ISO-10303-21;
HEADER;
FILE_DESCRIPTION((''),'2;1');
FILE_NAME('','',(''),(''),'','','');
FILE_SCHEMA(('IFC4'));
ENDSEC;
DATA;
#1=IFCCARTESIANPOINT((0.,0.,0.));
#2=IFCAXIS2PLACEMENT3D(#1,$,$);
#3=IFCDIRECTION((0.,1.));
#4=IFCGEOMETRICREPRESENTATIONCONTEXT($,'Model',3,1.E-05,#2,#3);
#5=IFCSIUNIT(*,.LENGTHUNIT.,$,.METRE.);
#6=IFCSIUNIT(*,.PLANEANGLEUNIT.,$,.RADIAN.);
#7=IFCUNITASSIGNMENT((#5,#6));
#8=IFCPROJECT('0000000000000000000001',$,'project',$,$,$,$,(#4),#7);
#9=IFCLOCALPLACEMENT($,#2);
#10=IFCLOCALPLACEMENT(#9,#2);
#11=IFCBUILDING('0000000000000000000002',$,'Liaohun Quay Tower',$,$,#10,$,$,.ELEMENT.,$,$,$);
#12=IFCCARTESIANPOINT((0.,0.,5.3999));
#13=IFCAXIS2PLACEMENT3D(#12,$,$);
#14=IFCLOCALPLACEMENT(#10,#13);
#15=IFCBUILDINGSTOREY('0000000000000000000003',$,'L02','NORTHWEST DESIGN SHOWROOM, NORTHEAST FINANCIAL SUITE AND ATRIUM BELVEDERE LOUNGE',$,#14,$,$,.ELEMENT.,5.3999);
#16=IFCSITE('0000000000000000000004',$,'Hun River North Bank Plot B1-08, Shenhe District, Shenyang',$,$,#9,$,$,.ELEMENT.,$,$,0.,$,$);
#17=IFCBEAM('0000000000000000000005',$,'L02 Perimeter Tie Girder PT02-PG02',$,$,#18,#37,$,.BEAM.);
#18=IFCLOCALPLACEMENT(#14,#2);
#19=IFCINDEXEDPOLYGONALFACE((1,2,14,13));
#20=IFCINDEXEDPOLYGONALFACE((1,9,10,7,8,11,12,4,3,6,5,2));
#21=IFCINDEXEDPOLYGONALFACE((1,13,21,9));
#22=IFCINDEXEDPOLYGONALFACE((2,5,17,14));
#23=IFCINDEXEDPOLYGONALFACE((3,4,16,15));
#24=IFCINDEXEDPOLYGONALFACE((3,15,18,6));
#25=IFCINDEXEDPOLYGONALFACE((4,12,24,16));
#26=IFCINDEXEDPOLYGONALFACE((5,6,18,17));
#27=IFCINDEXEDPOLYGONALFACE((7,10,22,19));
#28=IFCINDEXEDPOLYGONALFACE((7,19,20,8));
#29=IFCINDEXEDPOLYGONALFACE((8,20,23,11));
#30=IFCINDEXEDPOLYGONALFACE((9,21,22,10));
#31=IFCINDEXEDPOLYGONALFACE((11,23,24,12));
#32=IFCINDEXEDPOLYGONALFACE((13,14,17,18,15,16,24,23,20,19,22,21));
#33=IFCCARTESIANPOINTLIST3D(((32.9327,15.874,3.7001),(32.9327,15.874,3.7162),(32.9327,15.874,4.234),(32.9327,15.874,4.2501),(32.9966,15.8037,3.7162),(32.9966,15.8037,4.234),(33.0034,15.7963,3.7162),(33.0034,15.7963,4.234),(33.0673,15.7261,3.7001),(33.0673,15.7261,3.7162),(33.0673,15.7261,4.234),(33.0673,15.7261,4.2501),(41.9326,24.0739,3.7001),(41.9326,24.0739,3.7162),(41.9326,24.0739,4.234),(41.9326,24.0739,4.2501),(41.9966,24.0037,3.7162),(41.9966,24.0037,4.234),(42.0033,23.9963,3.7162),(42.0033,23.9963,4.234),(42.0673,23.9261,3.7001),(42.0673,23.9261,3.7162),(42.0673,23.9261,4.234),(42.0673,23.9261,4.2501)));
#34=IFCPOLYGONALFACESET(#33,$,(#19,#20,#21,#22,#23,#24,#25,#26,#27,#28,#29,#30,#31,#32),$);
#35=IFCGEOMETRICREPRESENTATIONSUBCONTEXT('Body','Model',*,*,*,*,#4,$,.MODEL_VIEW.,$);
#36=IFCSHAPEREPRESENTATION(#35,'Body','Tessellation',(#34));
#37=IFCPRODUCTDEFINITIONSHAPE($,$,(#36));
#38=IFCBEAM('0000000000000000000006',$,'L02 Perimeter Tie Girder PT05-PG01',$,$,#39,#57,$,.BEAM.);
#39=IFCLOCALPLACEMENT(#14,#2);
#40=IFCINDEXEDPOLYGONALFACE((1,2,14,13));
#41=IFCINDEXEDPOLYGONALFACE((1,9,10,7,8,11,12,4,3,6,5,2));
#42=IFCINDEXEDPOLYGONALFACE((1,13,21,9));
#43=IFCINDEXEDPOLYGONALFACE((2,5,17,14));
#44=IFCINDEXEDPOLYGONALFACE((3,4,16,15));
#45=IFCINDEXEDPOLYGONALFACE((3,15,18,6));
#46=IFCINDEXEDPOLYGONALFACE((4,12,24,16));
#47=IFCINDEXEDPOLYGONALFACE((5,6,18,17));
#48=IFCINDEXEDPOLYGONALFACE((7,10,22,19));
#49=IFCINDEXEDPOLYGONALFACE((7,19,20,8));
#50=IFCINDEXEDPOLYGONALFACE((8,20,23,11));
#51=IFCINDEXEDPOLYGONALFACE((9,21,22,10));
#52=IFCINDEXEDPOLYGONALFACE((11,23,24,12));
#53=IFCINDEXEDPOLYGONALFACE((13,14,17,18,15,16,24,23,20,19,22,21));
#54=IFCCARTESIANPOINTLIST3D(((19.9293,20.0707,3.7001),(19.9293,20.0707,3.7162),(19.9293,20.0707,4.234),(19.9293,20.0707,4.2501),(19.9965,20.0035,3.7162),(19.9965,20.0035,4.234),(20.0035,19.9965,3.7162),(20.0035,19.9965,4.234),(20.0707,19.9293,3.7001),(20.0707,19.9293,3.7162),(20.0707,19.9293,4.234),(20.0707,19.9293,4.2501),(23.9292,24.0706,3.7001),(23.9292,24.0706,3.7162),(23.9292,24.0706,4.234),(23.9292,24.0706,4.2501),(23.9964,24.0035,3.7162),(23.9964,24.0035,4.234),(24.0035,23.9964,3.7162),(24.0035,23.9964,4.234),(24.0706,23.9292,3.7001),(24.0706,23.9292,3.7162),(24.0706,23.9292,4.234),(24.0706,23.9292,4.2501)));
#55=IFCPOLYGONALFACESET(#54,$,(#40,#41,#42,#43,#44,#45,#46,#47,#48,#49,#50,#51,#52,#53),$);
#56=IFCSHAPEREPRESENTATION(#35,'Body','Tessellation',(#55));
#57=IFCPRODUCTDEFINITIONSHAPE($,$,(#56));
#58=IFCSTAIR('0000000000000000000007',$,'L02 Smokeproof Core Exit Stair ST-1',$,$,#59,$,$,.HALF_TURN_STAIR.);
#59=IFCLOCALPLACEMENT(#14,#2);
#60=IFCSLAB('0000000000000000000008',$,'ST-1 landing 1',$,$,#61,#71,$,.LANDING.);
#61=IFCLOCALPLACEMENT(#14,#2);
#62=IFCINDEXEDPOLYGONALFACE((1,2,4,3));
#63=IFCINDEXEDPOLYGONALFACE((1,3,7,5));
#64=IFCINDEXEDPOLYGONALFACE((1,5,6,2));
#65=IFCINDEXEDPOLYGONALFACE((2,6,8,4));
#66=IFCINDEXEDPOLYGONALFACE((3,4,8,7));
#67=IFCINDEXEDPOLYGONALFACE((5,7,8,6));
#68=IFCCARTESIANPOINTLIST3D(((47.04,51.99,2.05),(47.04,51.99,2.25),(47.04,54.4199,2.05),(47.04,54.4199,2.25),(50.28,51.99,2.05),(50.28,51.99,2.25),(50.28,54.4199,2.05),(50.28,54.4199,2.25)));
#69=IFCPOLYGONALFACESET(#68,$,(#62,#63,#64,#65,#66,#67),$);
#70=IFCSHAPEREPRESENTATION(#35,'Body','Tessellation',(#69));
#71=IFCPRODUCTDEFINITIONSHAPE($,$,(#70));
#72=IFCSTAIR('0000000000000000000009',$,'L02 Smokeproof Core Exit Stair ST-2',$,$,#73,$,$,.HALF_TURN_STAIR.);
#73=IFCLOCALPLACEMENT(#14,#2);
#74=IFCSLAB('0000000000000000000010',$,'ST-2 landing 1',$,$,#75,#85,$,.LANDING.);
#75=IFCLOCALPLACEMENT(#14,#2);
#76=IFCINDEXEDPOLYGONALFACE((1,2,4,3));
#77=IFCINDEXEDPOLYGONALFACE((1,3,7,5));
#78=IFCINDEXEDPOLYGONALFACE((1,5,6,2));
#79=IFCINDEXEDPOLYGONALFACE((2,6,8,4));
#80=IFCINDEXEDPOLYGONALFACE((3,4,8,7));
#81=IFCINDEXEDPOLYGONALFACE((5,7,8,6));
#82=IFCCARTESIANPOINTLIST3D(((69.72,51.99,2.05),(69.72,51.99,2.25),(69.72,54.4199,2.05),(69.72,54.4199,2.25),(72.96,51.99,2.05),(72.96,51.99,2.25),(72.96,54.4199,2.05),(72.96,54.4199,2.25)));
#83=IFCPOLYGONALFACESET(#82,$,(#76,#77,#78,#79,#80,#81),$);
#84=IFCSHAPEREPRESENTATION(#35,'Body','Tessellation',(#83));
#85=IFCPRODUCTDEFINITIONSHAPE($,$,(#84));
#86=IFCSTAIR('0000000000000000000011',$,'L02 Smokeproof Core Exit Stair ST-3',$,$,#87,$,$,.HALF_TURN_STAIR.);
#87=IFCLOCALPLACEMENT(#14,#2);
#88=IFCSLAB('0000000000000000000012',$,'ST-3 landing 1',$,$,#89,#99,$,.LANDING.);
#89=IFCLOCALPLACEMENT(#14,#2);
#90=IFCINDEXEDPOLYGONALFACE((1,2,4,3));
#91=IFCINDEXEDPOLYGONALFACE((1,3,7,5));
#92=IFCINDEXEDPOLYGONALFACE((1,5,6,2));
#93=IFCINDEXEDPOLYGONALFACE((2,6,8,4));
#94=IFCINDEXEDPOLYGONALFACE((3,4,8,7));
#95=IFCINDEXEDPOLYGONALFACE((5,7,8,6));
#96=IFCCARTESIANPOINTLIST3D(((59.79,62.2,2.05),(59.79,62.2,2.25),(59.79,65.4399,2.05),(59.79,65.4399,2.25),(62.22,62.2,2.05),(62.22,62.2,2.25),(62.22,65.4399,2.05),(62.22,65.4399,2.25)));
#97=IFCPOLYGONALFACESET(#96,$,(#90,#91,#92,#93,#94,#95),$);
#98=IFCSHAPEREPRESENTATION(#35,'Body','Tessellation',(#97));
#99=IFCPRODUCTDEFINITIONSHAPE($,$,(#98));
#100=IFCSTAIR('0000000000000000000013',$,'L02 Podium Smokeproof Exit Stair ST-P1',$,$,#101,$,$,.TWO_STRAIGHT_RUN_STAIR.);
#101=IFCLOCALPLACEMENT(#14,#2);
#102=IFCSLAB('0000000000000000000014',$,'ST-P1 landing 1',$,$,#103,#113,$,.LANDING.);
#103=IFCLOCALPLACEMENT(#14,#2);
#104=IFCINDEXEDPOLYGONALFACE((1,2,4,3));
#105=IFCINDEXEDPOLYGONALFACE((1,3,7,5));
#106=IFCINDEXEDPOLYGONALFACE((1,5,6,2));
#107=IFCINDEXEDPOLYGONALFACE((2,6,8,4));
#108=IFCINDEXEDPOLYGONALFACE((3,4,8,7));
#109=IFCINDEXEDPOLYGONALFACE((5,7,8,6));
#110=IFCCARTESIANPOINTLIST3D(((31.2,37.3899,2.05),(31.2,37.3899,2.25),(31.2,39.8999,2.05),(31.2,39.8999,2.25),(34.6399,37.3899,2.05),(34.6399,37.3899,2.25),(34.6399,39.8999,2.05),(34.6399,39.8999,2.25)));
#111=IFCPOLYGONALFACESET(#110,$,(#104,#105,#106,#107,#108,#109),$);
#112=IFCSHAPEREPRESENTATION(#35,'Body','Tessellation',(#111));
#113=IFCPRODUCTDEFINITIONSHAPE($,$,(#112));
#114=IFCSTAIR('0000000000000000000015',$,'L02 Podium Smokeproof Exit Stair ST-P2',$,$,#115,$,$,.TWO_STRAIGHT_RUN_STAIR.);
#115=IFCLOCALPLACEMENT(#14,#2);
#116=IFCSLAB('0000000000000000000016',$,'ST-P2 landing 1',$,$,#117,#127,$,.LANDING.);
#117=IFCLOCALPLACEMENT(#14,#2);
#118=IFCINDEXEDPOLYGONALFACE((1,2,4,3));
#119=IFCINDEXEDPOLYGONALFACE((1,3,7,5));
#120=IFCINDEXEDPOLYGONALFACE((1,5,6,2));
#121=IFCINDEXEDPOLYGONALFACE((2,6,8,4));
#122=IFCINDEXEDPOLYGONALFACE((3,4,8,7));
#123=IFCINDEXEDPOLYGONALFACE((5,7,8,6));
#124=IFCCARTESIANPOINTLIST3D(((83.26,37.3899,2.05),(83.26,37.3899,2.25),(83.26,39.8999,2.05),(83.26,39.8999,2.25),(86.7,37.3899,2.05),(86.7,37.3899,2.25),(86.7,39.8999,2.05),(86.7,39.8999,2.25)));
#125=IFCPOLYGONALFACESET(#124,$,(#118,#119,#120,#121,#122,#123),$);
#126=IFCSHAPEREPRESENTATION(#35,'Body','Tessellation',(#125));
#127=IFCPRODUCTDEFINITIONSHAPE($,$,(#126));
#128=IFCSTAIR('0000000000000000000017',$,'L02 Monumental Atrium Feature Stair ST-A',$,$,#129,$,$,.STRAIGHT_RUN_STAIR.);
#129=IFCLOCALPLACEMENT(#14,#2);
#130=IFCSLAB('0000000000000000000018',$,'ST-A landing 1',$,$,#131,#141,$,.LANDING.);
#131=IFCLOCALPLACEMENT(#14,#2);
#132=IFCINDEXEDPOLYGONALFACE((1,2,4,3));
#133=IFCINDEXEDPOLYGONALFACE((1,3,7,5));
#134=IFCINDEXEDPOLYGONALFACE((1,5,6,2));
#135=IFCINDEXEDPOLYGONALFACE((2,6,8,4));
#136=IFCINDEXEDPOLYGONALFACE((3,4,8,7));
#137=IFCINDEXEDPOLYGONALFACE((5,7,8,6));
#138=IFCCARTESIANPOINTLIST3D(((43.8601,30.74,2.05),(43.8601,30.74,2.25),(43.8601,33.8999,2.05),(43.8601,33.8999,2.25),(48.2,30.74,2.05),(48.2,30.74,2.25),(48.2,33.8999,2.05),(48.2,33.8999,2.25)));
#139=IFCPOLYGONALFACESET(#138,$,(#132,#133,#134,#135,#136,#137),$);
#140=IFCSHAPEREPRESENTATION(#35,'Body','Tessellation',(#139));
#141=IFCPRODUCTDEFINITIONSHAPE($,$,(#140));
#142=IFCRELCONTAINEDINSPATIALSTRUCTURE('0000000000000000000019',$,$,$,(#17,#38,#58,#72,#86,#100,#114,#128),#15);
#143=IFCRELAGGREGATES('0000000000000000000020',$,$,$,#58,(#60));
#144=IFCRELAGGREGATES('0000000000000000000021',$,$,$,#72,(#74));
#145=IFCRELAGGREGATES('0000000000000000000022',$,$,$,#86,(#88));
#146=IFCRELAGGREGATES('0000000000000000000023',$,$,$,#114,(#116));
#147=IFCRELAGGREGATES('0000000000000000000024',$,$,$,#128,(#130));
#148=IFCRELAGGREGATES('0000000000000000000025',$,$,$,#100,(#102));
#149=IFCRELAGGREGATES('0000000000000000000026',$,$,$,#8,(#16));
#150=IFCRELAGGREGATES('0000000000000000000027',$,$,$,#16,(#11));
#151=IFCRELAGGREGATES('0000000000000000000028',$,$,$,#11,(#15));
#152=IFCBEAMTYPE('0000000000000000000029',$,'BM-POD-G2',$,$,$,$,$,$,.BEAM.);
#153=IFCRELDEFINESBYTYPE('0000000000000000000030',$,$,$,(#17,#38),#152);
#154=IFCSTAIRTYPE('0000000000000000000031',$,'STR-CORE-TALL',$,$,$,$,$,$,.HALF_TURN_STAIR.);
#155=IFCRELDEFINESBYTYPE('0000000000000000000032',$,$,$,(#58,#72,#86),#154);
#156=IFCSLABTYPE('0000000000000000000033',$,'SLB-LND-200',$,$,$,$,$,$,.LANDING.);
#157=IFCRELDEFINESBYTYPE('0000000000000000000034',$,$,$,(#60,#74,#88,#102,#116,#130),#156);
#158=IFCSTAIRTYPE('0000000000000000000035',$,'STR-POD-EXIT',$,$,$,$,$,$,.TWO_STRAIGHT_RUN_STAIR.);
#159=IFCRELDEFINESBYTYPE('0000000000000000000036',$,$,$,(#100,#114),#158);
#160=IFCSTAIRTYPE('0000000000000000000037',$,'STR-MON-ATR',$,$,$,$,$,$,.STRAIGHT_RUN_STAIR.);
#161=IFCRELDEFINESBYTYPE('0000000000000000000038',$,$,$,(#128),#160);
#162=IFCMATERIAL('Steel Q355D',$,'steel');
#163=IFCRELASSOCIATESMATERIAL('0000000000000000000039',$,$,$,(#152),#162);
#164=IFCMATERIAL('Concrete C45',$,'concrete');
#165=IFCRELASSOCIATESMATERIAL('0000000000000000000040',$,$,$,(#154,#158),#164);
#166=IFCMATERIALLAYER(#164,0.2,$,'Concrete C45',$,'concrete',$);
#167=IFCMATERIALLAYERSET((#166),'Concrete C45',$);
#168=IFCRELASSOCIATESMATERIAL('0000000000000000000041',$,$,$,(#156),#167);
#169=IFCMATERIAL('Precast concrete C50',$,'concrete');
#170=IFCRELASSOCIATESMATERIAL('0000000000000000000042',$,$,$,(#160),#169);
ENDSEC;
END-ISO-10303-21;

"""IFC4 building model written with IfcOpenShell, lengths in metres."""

from ifc_helpers import new_model, si_unit, direction, frame, origin, origin_2d, place, context, subcontext, project, spatial, polyline, i_section, outline, extrude, source, transform, mapped, material, layer, layer_set, material_profile, profile_set, type_object, element, aggregate, save


model = new_model("IFC4")

# Units and contexts
model_context = context("Model", 3, precision=1e-05, world=origin(), true_north=direction((0.0, 1.0)))
body_context = subcontext(model_context, "Body", "Model", "MODEL_VIEW")
ifc_project = project(units=[si_unit("LENGTHUNIT", "METRE"), si_unit("PLANEANGLEUNIT", "RADIAN")], contexts=[model_context])

# Site, building, storey
site_placement = place(None, origin())
site = spatial("IfcSite", under=ifc_project, at=site_placement, Name="Hun River North Bank Plot B1-08, Shenhe District, Shenyang", CompositionType="ELEMENT", RefElevation=0.0)
building_placement = place(site_placement, origin())
building = spatial("IfcBuilding", under=site, at=building_placement, Name="Liaohun Quay Tower", CompositionType="ELEMENT")
storey_placement = place(building_placement, frame((0.0, 0.0, 5.3999)))
storey = spatial("IfcBuildingStorey", under=building, at=storey_placement, Name="L02", Description="NORTHWEST DESIGN SHOWROOM, NORTHEAST FINANCIAL SUITE AND ATRIUM BELVEDERE LOUNGE", CompositionType="ELEMENT", Elevation=5.3999)

# Beams
ifc_material_1 = material(Name="Steel Q355D", Category="steel")
ifc_material_profile_1 = material_profile(ifc_material_1, i_section(OverallWidth=0.2, OverallDepth=0.55, WebThickness=0.01, FlangeThickness=0.0161, at=origin_2d()), Name="HN550x200x10x16")
ifc_profile_set_1 = profile_set([ifc_material_profile_1], Name="Steel Q355D")
beam_type_1 = type_object("IfcBeamType", Name="BM-POD-G2", PredefinedType="BEAM", material=ifc_profile_set_1)
shared_shape_1 = source(origin(), body_context, "Body", "SweptSolid", [
    extrude(i_section(OverallWidth=0.2, OverallDepth=0.55, WebThickness=0.01, FlangeThickness=0.0161, at=origin_2d()), origin(), (0.0, 0.0, 1.0), 12.1753),
])
beam_1_placement = place(storey_placement, frame((33.0, 15.8, 3.9751), z_axis=(0.739198, 0.673488, 0.0), x_axis=(-0.673488, 0.739198, 0.0)))
element("IfcBeam", 1, at=beam_1_placement, inside=storey, type_object=beam_type_1, Name="L02 Perimeter Tie Girder PT02-PG02", PredefinedType="BEAM", context=body_context, shape_type="MappedRepresentation", body=[
    mapped(shared_shape_1, transform((0.0, 0.0, 0.0), x_axis=(1.0, 0.0, 0.0), y_axis=(0.0, 1.0, 0.0), z_axis=(0.0, 0.0, 1.0), scale=1.0)),
])
shared_shape_2 = source(origin(), body_context, "Body", "SweptSolid", [
    extrude(i_section(OverallWidth=0.2, OverallDepth=0.55, WebThickness=0.01, FlangeThickness=0.0161, at=origin_2d()), origin(), (0.0, 0.0, 1.0), 5.6567),
])
beam_2_placement = place(storey_placement, frame((20.0, 20.0, 3.9751), z_axis=(0.707107, 0.707107, 0.0), x_axis=(-0.707107, 0.707107, 0.0)))
element("IfcBeam", 2, at=beam_2_placement, inside=storey, type_object=beam_type_1, Name="L02 Perimeter Tie Girder PT05-PG01", PredefinedType="BEAM", context=body_context, shape_type="MappedRepresentation", body=[
    mapped(shared_shape_2, transform((0.0, 0.0, 0.0), x_axis=(1.0, 0.0, 0.0), y_axis=(0.0, 1.0, 0.0), z_axis=(0.0, 0.0, 1.0), scale=1.0)),
])

# Stairs, slabs
ifc_material_2 = material(Name="Concrete C45", Category="concrete")
stair_type_1 = type_object("IfcStairType", Name="STR-CORE-TALL", PredefinedType="HALF_TURN_STAIR", material=ifc_material_2)
stair_1_placement = place(storey_placement, origin())
stair_1 = element("IfcStair", 3, at=stair_1_placement, inside=storey, type_object=stair_type_1, Name="L02 Smokeproof Core Exit Stair ST-1", PredefinedType="HALF_TURN_STAIR")
ifc_layer_1 = layer(ifc_material_2, 0.2, Name="Concrete C45", Category="concrete")
ifc_layer_set_1 = layer_set([ifc_layer_1], Name="Concrete C45")
slab_type_1 = type_object("IfcSlabType", Name="SLB-LND-200", PredefinedType="LANDING", material=ifc_layer_set_1)
slab_1_placement = place(storey_placement, frame((0.0, 0.0, 2.05)))
slab_1 = element("IfcSlab", 4, at=slab_1_placement, type_object=slab_type_1, Name="ST-1 landing 1", PredefinedType="LANDING", context=body_context, shape_type="SweptSolid", body=[
    extrude(outline(polyline([(50.28, 51.99), (50.28, 54.4199), (47.04, 54.4199), (47.04, 51.99), (50.28, 51.99)])), origin(), (0.0, 0.0, 1.0), 0.2),
])
aggregate(stair_1, [slab_1])
stair_2_placement = place(storey_placement, origin())
stair_2 = element("IfcStair", 5, at=stair_2_placement, inside=storey, type_object=stair_type_1, Name="L02 Smokeproof Core Exit Stair ST-2", PredefinedType="HALF_TURN_STAIR")
slab_2_placement = place(storey_placement, frame((0.0, 0.0, 2.05)))
slab_2 = element("IfcSlab", 6, at=slab_2_placement, type_object=slab_type_1, Name="ST-2 landing 1", PredefinedType="LANDING", context=body_context, shape_type="SweptSolid", body=[
    extrude(outline(polyline([(72.96, 51.99), (72.96, 54.4199), (69.72, 54.4199), (69.72, 51.99), (72.96, 51.99)])), origin(), (0.0, 0.0, 1.0), 0.2),
])
aggregate(stair_2, [slab_2])
stair_3_placement = place(storey_placement, origin())
stair_3 = element("IfcStair", 7, at=stair_3_placement, inside=storey, type_object=stair_type_1, Name="L02 Smokeproof Core Exit Stair ST-3", PredefinedType="HALF_TURN_STAIR")
slab_3_placement = place(storey_placement, frame((0.0, 0.0, 2.05)))
slab_3 = element("IfcSlab", 8, at=slab_3_placement, type_object=slab_type_1, Name="ST-3 landing 1", PredefinedType="LANDING", context=body_context, shape_type="SweptSolid", body=[
    extrude(outline(polyline([(59.79, 62.2), (62.22, 62.2), (62.22, 65.4399), (59.79, 65.4399), (59.79, 62.2)])), origin(), (0.0, 0.0, 1.0), 0.2),
])
aggregate(stair_3, [slab_3])
stair_type_2 = type_object("IfcStairType", Name="STR-POD-EXIT", PredefinedType="TWO_STRAIGHT_RUN_STAIR", material=ifc_material_2)
stair_4_placement = place(storey_placement, origin())
stair_4 = element("IfcStair", 9, at=stair_4_placement, inside=storey, type_object=stair_type_2, Name="L02 Podium Smokeproof Exit Stair ST-P1", PredefinedType="TWO_STRAIGHT_RUN_STAIR")
slab_4_placement = place(storey_placement, frame((0.0, 0.0, 2.05)))
slab_4 = element("IfcSlab", 10, at=slab_4_placement, type_object=slab_type_1, Name="ST-P1 landing 1", PredefinedType="LANDING", context=body_context, shape_type="SweptSolid", body=[
    extrude(outline(polyline([(34.6399, 37.3899), (34.6399, 39.8999), (31.2, 39.8999), (31.2, 37.3899), (34.6399, 37.3899)])), origin(), (0.0, 0.0, 1.0), 0.2),
])
stair_5_placement = place(storey_placement, origin())
stair_5 = element("IfcStair", 11, at=stair_5_placement, inside=storey, type_object=stair_type_2, Name="L02 Podium Smokeproof Exit Stair ST-P2", PredefinedType="TWO_STRAIGHT_RUN_STAIR")
slab_5_placement = place(storey_placement, frame((0.0, 0.0, 2.05)))
slab_5 = element("IfcSlab", 12, at=slab_5_placement, type_object=slab_type_1, Name="ST-P2 landing 1", PredefinedType="LANDING", context=body_context, shape_type="SweptSolid", body=[
    extrude(outline(polyline([(86.7, 37.3899), (86.7, 39.8999), (83.26, 39.8999), (83.26, 37.3899), (86.7, 37.3899)])), origin(), (0.0, 0.0, 1.0), 0.2),
])
aggregate(stair_5, [slab_5])
ifc_material_3 = material(Name="Precast concrete C50", Category="concrete")
stair_type_3 = type_object("IfcStairType", Name="STR-MON-ATR", PredefinedType="STRAIGHT_RUN_STAIR", material=ifc_material_3)
stair_6_placement = place(storey_placement, origin())
stair_6 = element("IfcStair", 13, at=stair_6_placement, inside=storey, type_object=stair_type_3, Name="L02 Monumental Atrium Feature Stair ST-A", PredefinedType="STRAIGHT_RUN_STAIR")
slab_6_placement = place(storey_placement, frame((0.0, 0.0, 2.05)))
slab_6 = element("IfcSlab", 14, at=slab_6_placement, type_object=slab_type_1, Name="ST-A landing 1", PredefinedType="LANDING", context=body_context, shape_type="SweptSolid", body=[
    extrude(outline(polyline([(48.2, 30.74), (48.2, 33.8999), (43.8601, 33.8999), (43.8601, 30.74), (48.2, 30.74)])), origin(), (0.0, 0.0, 1.0), 0.2),
])
aggregate(stair_6, [slab_6])

aggregate(stair_4, [slab_4])

save(model, "model.ifc")
